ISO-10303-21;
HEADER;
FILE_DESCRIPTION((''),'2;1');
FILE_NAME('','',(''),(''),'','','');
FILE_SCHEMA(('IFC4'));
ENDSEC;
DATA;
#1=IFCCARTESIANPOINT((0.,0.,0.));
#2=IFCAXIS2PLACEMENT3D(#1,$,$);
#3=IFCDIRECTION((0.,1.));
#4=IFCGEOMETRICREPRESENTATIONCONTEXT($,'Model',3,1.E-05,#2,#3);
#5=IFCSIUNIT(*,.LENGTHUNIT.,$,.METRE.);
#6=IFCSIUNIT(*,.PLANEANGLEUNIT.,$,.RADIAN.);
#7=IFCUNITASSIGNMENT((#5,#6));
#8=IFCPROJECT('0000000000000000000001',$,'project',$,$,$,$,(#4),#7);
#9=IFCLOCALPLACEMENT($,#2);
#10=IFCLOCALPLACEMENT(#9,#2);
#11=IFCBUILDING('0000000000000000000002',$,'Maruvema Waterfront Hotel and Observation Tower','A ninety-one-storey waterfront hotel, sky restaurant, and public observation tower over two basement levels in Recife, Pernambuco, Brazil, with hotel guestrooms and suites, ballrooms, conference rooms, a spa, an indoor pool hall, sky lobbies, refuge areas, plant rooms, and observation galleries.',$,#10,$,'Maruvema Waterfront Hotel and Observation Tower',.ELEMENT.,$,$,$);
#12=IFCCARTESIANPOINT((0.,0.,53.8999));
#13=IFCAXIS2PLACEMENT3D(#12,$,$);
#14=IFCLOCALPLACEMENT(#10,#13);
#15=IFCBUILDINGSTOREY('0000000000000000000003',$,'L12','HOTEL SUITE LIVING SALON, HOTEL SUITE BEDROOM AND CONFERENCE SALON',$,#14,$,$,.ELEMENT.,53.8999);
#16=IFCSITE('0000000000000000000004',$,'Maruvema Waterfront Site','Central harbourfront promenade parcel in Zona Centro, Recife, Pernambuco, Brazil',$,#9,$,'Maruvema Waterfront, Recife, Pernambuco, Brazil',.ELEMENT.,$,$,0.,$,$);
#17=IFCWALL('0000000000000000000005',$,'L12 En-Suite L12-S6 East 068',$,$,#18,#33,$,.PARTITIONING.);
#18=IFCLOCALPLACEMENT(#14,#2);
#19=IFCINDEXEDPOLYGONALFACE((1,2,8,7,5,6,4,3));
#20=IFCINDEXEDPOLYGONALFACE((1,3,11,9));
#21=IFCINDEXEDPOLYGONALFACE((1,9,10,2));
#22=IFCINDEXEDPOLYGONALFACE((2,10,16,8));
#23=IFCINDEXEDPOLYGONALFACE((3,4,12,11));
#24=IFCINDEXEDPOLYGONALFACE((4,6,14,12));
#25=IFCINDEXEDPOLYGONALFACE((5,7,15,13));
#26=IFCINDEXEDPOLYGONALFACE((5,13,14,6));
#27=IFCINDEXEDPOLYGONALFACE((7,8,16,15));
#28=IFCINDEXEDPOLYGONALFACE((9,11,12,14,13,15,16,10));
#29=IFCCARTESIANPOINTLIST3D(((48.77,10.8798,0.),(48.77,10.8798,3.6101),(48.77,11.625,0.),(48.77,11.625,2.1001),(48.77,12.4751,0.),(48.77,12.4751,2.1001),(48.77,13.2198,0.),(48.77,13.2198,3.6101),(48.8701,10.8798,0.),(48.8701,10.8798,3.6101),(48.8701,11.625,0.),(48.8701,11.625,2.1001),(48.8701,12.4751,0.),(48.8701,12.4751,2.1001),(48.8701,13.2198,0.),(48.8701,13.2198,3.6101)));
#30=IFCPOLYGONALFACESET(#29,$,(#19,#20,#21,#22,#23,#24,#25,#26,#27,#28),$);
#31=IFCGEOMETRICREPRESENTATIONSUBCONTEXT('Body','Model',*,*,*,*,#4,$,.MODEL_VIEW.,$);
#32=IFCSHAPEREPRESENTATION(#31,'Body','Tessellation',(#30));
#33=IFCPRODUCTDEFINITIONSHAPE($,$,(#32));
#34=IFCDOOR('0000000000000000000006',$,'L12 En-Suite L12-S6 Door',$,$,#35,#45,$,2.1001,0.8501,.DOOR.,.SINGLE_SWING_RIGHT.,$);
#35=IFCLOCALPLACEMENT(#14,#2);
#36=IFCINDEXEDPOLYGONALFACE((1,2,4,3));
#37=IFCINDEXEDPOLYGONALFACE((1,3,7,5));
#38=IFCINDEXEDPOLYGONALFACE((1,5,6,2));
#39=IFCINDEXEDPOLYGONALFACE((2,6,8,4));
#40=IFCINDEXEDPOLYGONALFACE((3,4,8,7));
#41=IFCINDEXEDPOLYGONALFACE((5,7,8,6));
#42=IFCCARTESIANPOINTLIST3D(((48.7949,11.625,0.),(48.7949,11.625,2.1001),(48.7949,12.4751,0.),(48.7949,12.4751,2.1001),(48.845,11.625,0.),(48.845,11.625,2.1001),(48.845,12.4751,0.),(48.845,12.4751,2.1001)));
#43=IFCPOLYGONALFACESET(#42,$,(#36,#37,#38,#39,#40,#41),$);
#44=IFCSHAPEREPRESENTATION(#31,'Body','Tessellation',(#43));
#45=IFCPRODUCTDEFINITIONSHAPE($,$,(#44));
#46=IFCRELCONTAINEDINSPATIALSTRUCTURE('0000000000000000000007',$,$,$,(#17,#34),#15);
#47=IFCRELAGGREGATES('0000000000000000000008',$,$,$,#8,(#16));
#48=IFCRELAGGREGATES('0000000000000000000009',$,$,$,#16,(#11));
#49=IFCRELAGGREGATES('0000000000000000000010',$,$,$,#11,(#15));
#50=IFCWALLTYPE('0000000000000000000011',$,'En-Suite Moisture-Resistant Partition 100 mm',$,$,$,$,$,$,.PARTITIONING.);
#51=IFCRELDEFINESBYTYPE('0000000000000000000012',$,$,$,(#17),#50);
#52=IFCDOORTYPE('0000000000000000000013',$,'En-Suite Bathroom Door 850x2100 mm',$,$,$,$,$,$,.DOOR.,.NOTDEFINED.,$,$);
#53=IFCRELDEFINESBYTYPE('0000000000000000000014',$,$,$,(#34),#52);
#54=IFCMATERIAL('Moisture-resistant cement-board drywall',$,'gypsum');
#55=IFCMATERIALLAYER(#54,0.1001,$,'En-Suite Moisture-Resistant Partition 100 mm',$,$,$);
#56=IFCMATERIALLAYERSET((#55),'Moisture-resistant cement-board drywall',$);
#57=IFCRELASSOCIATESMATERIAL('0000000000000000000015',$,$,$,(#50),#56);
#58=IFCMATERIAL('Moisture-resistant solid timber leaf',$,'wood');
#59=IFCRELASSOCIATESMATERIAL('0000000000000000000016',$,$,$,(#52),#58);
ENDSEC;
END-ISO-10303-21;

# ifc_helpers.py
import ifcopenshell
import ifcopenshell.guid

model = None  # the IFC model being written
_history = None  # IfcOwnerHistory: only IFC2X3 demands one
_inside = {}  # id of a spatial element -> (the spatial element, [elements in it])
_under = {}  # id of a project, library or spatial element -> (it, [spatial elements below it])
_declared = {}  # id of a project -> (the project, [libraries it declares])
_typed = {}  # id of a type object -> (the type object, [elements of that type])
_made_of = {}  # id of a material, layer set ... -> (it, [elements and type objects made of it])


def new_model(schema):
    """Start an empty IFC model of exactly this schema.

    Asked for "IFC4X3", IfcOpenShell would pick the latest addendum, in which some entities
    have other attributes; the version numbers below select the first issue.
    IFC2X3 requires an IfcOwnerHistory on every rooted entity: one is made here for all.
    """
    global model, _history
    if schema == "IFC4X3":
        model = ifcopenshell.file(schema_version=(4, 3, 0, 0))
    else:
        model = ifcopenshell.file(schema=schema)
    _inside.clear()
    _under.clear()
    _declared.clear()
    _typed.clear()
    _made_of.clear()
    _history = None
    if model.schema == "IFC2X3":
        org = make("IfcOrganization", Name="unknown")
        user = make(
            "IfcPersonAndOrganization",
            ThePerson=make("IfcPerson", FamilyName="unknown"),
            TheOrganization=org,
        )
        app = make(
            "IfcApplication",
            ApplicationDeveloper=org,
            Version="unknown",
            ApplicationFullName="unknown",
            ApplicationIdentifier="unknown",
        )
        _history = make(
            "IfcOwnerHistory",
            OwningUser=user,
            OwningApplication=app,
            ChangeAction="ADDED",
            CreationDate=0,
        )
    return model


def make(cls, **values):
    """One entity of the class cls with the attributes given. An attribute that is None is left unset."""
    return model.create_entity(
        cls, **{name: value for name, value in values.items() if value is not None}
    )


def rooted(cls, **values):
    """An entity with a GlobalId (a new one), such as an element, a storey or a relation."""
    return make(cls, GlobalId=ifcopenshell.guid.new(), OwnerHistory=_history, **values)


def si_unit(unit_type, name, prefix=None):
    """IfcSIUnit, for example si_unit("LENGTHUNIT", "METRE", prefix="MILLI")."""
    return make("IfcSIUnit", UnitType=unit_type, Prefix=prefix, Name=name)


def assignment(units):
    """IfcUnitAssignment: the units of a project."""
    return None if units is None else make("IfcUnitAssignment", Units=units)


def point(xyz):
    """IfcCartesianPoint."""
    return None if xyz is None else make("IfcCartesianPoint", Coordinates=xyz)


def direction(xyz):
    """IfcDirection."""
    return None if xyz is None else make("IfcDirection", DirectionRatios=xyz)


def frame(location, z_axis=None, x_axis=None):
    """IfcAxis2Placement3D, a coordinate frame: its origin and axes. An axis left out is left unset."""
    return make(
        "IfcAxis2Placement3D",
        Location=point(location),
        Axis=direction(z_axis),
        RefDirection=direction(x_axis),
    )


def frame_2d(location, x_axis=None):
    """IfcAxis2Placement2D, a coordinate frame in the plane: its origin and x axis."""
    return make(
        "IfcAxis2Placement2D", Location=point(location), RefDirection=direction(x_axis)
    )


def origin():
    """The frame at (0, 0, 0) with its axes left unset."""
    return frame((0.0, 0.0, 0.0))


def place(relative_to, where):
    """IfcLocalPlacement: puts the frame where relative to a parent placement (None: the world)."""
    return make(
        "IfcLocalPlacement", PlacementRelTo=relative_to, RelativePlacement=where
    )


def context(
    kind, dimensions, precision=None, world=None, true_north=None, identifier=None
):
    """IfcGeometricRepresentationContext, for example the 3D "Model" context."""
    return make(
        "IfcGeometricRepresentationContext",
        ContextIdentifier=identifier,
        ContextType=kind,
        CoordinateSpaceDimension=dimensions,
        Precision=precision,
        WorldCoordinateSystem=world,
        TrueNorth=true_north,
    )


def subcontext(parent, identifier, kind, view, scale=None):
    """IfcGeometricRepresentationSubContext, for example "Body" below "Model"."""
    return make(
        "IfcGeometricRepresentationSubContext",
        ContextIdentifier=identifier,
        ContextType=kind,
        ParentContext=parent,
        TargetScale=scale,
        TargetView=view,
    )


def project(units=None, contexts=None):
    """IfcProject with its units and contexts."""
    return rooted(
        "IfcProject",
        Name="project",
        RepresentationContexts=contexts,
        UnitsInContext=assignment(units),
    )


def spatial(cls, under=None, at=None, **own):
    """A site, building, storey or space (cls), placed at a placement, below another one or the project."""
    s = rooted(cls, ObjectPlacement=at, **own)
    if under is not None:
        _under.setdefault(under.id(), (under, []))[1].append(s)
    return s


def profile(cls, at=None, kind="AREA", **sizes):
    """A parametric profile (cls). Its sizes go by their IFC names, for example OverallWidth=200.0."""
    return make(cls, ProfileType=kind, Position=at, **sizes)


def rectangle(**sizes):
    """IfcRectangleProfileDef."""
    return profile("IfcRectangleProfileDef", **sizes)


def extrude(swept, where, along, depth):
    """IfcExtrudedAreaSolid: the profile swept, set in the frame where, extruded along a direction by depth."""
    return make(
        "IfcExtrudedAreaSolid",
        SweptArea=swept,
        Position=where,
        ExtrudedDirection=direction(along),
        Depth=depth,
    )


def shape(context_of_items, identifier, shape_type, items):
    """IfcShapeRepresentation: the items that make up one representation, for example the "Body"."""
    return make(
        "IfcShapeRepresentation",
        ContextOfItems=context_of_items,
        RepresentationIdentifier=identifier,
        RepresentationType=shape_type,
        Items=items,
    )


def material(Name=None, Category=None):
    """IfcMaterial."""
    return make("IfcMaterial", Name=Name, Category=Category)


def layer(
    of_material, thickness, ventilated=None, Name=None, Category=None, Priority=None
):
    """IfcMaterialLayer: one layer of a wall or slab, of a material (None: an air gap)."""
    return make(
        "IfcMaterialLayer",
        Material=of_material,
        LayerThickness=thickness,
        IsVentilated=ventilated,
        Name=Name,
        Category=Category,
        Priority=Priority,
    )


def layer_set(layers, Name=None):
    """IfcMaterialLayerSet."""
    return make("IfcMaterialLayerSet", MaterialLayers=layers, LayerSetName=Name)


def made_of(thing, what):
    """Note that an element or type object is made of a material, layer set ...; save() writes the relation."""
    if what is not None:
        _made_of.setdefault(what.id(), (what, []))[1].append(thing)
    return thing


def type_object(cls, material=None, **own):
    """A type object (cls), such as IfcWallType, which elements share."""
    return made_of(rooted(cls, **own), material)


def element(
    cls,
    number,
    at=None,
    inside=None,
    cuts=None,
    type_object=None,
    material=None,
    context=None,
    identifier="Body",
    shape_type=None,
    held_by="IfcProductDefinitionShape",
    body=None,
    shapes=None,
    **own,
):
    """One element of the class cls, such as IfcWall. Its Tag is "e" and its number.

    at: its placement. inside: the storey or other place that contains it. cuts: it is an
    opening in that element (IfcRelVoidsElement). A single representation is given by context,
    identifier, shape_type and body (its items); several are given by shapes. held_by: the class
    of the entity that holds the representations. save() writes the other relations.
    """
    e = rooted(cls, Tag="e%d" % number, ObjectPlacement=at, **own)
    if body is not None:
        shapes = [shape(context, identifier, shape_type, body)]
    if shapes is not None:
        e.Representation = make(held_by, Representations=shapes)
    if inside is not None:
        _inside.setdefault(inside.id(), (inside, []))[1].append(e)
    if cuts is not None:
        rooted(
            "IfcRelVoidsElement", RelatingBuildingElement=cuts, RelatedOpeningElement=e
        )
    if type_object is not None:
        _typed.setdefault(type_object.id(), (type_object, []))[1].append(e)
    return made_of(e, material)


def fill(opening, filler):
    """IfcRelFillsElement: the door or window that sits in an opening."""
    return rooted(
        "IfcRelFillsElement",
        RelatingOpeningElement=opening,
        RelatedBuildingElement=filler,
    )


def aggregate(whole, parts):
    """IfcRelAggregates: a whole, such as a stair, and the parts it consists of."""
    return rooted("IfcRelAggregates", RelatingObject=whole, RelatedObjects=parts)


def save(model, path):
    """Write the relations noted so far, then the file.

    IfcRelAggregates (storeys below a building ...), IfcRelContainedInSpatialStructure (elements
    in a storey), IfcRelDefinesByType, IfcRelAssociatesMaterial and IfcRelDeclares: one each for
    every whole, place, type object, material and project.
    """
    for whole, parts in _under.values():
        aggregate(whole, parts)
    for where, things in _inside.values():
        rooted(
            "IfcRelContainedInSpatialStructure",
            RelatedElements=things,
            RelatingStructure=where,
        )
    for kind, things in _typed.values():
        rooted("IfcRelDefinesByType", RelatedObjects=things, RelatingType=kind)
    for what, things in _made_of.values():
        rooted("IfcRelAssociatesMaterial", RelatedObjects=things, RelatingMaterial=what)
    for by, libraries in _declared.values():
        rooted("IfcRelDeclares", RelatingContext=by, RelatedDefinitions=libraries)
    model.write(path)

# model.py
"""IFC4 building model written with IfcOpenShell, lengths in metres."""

from ifc_helpers import new_model, si_unit, direction, frame, frame_2d, origin, place, context, subcontext, project, spatial, rectangle, extrude, material, layer, layer_set, type_object, element, fill, save


model = new_model("IFC4")

# Units and contexts
model_context = context("Model", 3, precision=1e-05, world=origin(), true_north=direction((0.0, 1.0)))
body_context = subcontext(model_context, "Body", "Model", "MODEL_VIEW")
ifc_project = project(units=[si_unit("LENGTHUNIT", "METRE"), si_unit("PLANEANGLEUNIT", "RADIAN")], contexts=[model_context])

# Site, building, storey
site_placement = place(None, origin())
site = spatial("IfcSite", under=ifc_project, at=site_placement, Name="Maruvema Waterfront Site", Description="Central harbourfront promenade parcel in Zona Centro, Recife, Pernambuco, Brazil", LongName="Maruvema Waterfront, Recife, Pernambuco, Brazil", CompositionType="ELEMENT", RefElevation=0.0)
building_placement = place(site_placement, origin())
building = spatial("IfcBuilding", under=site, at=building_placement, Name="Maruvema Waterfront Hotel and Observation Tower", Description="A ninety-one-storey waterfront hotel, sky restaurant, and public observation tower over two basement levels in Recife, Pernambuco, Brazil, with hotel guestrooms and suites, ballrooms, conference rooms, a spa, an indoor pool hall, sky lobbies, refuge areas, plant rooms, and observation galleries.", LongName="Maruvema Waterfront Hotel and Observation Tower", CompositionType="ELEMENT")
storey_placement = place(building_placement, frame((0.0, 0.0, 53.8999)))
storey = spatial("IfcBuildingStorey", under=building, at=storey_placement, Name="L12", Description="HOTEL SUITE LIVING SALON, HOTEL SUITE BEDROOM AND CONFERENCE SALON", CompositionType="ELEMENT", Elevation=53.8999)

# Shared definitions
ifc_material_1 = material(Name="Moisture-resistant cement-board drywall", Category="gypsum")
ifc_layer_1 = layer(ifc_material_1, 0.1001, Name="En-Suite Moisture-Resistant Partition 100 mm")
ifc_layer_set_1 = layer_set([ifc_layer_1], Name="Moisture-resistant cement-board drywall")
wall_type_1 = type_object("IfcWallType", Name="En-Suite Moisture-Resistant Partition 100 mm", PredefinedType="PARTITIONING", material=ifc_layer_set_1)

# Shared definitions
ifc_material_2 = material(Name="Moisture-resistant solid timber leaf", Category="wood")
door_type_1 = type_object("IfcDoorType", Name="En-Suite Bathroom Door 850x2100 mm", OperationType="NOTDEFINED", PredefinedType="DOOR", material=ifc_material_2)

# Wall, opening, door
wall_1_placement = place(storey_placement, frame((48.8201, 10.8799, 0.0), z_axis=(0.0, 0.0, 1.0), x_axis=(0.0, 1.0, 0.0)))
wall_1 = element("IfcWall", 1, at=wall_1_placement, inside=storey, type_object=wall_type_1, Name="L12 En-Suite L12-S6 East 068", PredefinedType="PARTITIONING", context=body_context, shape_type="SweptSolid", body=[
    extrude(rectangle(XDim=2.3401, YDim=0.1001, at=frame_2d((1.1699, 0.0))), origin(), (0.0, 0.0, 1.0), 3.6101),
])
opening_1_placement = place(wall_1_placement, frame((0.7451, 0.0, 0.0)))
opening_1 = element("IfcOpeningElement", 2, at=opening_1_placement, cuts=wall_1, PredefinedType="OPENING", context=body_context, shape_type="SweptSolid", body=[
    extrude(rectangle(XDim=0.8501, YDim=2.1001, at=frame_2d((0.425, 1.05))), frame((0.0, 0.0601, 0.0), z_axis=(0.0, -1.0, 0.0), x_axis=(1.0, 0.0, 0.0)), (0.0, 0.0, 1.0), 0.1201),
])
door_1_placement = place(opening_1_placement, frame((0.8501, 0.0, 0.0), z_axis=(0.0, 0.0, 1.0), x_axis=(-1.0, 0.0, 0.0)))
door_1 = element("IfcDoor", 3, at=door_1_placement, inside=storey, type_object=door_type_1, Name="L12 En-Suite L12-S6 Door", OperationType="SINGLE_SWING_RIGHT", OverallHeight=2.1001, OverallWidth=0.8501, PredefinedType="DOOR", context=body_context, shape_type="SweptSolid", body=[
    extrude(rectangle(XDim=0.8501, YDim=2.1001, at=frame_2d((0.425, 1.05))), frame((0.0, 0.0249, 0.0), z_axis=(0.0, -1.0, 0.0), x_axis=(1.0, 0.0, 0.0)), (0.0, 0.0, 1.0), 0.05),
])
fill(opening_1, door_1)

save(model, "model.ifc")
